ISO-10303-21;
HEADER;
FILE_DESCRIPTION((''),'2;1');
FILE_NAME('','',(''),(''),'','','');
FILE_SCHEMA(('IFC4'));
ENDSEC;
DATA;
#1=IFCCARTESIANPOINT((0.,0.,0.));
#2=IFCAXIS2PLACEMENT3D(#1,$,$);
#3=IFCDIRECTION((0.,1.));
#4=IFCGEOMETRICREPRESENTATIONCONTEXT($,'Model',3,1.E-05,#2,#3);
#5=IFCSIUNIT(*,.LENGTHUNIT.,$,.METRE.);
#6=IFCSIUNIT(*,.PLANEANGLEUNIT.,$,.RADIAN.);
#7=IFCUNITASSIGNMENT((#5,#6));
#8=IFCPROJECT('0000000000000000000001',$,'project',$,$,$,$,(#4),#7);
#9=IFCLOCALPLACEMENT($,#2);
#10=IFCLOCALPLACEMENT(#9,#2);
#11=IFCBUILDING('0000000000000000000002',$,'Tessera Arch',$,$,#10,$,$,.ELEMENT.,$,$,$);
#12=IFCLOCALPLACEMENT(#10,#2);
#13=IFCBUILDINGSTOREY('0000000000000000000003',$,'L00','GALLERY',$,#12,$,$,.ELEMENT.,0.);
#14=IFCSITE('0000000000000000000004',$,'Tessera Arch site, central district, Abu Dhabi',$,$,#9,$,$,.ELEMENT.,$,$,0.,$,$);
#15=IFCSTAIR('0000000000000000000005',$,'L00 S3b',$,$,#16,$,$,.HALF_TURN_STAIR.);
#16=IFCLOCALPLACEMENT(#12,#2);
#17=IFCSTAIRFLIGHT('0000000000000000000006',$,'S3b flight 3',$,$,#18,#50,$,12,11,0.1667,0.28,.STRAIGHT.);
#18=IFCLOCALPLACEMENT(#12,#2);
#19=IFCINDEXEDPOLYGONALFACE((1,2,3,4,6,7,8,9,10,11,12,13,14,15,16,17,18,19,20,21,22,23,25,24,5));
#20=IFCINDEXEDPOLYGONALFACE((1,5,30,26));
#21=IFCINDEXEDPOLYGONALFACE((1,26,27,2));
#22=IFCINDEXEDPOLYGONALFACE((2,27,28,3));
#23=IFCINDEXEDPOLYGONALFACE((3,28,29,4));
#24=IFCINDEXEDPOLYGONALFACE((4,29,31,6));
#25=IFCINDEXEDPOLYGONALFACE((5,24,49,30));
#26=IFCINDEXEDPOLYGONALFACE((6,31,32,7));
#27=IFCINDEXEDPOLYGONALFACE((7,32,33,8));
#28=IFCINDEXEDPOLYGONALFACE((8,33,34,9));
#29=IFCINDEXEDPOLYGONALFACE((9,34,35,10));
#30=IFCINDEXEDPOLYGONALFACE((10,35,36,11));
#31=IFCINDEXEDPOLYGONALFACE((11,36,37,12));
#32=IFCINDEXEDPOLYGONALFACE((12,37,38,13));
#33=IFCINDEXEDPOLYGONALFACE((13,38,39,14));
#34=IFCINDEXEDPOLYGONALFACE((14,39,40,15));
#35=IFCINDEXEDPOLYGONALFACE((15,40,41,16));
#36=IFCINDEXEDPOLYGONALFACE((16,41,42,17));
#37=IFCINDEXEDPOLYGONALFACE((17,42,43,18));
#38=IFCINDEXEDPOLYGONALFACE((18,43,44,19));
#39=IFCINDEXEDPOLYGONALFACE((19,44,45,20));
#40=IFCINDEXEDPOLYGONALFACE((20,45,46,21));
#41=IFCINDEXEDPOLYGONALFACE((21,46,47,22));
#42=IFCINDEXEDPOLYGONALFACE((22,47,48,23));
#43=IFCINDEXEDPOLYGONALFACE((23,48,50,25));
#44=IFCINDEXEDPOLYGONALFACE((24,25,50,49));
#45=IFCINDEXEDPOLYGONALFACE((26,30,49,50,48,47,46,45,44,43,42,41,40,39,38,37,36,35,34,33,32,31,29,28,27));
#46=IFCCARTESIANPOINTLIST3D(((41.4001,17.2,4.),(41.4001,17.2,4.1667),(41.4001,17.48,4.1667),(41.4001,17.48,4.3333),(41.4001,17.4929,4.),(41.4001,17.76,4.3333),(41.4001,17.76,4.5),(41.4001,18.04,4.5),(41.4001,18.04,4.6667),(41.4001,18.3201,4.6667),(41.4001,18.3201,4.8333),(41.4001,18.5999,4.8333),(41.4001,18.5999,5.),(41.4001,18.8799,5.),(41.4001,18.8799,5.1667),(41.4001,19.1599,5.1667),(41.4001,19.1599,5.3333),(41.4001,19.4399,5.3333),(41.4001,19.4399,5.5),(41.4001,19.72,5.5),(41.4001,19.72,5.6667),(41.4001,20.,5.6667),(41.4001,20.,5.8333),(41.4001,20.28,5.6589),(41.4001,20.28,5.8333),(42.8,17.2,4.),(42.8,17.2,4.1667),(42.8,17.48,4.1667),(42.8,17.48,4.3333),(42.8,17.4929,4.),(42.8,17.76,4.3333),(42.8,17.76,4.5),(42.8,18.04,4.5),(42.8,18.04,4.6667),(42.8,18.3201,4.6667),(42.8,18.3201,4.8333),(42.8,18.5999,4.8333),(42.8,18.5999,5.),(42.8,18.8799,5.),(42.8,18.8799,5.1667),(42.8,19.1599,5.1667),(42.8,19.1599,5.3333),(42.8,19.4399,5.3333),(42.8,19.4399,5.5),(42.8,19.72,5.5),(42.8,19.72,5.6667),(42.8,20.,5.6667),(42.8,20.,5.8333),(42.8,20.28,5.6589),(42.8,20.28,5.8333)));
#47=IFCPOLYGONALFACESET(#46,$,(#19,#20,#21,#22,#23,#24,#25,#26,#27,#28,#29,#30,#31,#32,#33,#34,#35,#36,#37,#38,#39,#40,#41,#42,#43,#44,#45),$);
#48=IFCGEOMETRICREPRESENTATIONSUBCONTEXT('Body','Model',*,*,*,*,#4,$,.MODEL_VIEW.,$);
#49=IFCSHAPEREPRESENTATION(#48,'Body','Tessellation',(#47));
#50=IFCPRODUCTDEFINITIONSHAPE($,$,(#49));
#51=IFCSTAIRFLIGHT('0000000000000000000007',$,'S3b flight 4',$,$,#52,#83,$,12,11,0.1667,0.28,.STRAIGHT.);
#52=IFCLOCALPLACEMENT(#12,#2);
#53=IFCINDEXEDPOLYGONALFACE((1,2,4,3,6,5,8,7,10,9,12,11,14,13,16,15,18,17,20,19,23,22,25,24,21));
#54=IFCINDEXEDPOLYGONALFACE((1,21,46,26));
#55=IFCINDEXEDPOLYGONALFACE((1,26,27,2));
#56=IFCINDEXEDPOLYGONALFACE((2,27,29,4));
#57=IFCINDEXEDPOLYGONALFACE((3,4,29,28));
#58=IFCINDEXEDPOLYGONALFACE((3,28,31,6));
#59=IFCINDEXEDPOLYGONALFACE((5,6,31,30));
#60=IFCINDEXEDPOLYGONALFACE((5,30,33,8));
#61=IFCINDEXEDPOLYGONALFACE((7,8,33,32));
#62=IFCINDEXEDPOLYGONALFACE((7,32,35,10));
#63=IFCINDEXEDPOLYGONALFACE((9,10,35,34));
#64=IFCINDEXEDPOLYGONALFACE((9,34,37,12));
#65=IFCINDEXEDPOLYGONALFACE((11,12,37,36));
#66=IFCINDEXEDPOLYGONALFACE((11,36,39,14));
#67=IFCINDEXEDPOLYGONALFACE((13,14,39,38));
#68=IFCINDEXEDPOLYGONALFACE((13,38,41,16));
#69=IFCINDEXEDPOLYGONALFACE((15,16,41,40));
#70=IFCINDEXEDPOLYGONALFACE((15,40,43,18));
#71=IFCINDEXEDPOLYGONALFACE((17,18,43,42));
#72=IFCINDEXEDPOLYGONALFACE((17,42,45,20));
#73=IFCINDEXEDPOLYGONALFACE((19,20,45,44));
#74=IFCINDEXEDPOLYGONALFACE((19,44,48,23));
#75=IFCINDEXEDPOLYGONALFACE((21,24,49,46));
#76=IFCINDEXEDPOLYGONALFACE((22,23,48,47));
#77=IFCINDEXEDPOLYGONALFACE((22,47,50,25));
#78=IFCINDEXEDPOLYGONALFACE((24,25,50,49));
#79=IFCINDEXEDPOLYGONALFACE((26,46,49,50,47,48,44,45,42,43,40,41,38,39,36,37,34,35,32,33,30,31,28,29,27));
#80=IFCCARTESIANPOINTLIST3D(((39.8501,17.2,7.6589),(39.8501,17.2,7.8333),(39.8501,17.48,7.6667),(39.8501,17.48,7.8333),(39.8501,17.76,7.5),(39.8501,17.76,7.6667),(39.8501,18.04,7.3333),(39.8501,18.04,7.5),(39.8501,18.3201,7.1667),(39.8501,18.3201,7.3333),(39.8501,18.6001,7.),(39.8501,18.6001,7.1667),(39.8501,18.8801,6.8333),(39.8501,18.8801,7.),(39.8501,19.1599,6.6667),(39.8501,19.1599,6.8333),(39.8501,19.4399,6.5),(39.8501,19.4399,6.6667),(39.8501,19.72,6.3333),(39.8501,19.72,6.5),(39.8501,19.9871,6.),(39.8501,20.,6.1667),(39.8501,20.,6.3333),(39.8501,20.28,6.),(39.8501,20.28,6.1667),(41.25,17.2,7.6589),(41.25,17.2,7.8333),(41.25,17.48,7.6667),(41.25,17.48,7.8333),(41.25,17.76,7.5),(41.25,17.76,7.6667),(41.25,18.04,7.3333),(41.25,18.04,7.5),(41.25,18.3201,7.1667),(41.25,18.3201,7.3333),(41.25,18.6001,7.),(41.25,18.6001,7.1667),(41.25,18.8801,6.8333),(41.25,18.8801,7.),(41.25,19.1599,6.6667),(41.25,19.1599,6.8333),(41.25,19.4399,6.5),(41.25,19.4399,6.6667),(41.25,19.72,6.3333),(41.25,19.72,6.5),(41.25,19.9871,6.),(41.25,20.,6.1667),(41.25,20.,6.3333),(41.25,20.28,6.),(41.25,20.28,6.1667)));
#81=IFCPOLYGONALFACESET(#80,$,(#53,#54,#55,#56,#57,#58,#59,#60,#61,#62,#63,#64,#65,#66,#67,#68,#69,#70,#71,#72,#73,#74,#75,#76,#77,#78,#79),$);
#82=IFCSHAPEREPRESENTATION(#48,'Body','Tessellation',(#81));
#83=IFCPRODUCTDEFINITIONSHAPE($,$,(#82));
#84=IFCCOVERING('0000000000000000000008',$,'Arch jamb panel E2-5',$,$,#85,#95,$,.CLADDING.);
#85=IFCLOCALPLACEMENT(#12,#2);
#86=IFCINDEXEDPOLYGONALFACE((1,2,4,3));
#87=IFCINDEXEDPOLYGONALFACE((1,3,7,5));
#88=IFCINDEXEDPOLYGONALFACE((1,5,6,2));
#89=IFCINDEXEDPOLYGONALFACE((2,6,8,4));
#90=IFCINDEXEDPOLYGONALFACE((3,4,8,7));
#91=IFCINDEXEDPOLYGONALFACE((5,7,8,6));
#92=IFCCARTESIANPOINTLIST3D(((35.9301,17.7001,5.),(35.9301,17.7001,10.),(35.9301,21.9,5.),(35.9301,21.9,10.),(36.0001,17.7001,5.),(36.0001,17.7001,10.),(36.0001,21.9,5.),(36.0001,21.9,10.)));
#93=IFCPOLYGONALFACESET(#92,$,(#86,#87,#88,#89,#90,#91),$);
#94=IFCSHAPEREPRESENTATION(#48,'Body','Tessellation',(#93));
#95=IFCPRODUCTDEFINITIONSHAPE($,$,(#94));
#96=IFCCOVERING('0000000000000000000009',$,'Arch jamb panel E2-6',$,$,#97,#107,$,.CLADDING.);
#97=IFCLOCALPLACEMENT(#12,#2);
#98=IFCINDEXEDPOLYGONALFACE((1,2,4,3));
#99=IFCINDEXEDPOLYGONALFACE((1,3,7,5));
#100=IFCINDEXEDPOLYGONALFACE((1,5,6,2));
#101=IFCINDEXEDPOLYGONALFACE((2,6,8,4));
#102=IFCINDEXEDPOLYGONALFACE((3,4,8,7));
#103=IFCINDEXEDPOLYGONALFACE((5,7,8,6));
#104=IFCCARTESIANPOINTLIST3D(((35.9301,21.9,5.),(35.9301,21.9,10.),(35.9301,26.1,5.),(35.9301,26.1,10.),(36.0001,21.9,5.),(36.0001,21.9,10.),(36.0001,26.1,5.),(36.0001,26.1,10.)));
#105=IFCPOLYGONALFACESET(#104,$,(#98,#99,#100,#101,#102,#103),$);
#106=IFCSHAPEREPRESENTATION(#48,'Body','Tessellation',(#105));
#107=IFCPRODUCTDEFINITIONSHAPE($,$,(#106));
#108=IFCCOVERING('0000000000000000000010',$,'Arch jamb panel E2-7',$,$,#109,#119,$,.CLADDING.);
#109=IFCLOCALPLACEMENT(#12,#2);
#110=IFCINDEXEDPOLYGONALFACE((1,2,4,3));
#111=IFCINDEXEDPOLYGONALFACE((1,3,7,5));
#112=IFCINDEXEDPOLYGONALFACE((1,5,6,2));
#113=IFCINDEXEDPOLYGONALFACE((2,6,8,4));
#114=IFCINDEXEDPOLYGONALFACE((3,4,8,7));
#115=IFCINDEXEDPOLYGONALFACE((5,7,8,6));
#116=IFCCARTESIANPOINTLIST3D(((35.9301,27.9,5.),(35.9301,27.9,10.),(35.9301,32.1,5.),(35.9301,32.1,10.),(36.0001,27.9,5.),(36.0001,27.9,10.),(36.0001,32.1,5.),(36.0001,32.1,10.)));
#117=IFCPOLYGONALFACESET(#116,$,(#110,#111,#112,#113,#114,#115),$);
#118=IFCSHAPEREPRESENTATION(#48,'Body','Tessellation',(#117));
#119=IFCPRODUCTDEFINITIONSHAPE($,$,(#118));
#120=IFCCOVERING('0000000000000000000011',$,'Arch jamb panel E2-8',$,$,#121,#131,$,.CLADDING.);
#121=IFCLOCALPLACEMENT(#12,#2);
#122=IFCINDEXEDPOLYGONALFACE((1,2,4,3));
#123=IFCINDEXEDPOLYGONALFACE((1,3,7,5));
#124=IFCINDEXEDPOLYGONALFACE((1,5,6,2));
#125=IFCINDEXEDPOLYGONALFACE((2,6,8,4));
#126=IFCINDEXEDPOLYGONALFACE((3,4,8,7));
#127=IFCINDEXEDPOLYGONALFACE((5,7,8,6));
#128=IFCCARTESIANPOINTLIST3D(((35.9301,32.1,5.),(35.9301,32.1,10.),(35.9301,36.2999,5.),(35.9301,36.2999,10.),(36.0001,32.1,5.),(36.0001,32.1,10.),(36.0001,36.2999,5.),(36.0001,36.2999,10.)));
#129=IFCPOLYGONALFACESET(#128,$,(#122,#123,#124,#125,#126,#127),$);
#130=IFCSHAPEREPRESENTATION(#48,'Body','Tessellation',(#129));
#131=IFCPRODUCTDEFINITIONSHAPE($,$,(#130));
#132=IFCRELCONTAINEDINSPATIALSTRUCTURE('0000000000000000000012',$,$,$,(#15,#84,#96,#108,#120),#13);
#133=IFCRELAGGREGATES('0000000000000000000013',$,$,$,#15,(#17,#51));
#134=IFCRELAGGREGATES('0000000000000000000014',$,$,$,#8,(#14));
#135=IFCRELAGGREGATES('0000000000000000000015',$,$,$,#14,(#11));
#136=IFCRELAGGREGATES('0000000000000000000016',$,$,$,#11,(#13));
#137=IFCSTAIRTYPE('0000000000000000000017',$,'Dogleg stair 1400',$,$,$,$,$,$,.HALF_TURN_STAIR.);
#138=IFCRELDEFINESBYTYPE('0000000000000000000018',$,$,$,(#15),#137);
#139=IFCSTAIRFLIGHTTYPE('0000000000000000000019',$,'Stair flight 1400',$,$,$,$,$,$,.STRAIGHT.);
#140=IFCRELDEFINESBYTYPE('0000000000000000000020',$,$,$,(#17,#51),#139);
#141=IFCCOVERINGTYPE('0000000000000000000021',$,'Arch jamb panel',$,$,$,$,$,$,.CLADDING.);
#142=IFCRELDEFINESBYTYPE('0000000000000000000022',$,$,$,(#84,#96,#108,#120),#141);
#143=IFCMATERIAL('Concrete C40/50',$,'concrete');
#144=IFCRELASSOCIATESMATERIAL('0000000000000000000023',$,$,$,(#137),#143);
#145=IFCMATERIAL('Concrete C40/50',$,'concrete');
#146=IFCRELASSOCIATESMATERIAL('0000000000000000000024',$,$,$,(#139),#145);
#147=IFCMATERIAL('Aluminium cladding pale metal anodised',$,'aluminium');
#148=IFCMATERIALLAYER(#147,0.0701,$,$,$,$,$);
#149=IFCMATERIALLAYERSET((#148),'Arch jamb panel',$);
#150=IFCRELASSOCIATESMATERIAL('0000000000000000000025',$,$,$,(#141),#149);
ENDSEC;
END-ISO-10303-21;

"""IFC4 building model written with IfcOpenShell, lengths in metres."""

from ifc_helpers import new_model, si_unit, direction, frame, origin, origin_2d, place, context, subcontext, project, spatial, polyline, rectangle, outline, extrude, material, layer, layer_set, type_object, element, aggregate, save


model = new_model("IFC4")

# Units and contexts
model_context = context("Model", 3, precision=1e-05, world=origin(), true_north=direction((0.0, 1.0)))
body_context = subcontext(model_context, "Body", "Model", "MODEL_VIEW")
ifc_project = project(units=[si_unit("LENGTHUNIT", "METRE"), si_unit("PLANEANGLEUNIT", "RADIAN")], contexts=[model_context])

# Site, building, storey
site_placement = place(None, origin())
site = spatial("IfcSite", under=ifc_project, at=site_placement, Name="Tessera Arch site, central district, Abu Dhabi", CompositionType="ELEMENT", RefElevation=0.0)
building_placement = place(site_placement, origin())
building = spatial("IfcBuilding", under=site, at=building_placement, Name="Tessera Arch", CompositionType="ELEMENT")
storey_placement = place(building_placement, origin())
storey = spatial("IfcBuildingStorey", under=building, at=storey_placement, Name="L00", Description="GALLERY", CompositionType="ELEMENT", Elevation=0.0)

# Stair, stair flights
ifc_material_1 = material(Name="Concrete C40/50", Category="concrete")
stair_type = type_object("IfcStairType", Name="Dogleg stair 1400", PredefinedType="HALF_TURN_STAIR", material=ifc_material_1)
ifc_material_2 = material(Name="Concrete C40/50", Category="concrete")
stair_flight_type = type_object("IfcStairFlightType", Name="Stair flight 1400", PredefinedType="STRAIGHT", material=ifc_material_2)
stair_1_placement = place(storey_placement, origin())
stair_1 = element("IfcStair", 1, at=stair_1_placement, inside=storey, type_object=stair_type, Name="L00 S3b", PredefinedType="HALF_TURN_STAIR")
stair_flight_1_placement = place(storey_placement, frame((42.1001, 17.2, 4.0), z_axis=(0.0, 0.0, 1.0), x_axis=(0.0, 1.0, 0.0)))
stair_flight_1 = element("IfcStairFlight", 2, at=stair_flight_1_placement, type_object=stair_flight_type, Name="S3b flight 3", NumberOfRisers=12, NumberOfTreads=11, PredefinedType="STRAIGHT", RiserHeight=0.1667, TreadLength=0.28, context=body_context, shape_type="SweptSolid", body=[
    extrude(outline(polyline([(0.0, 0.0), (0.0, 0.1667), (0.28, 0.1667), (0.28, 0.3333), (0.5601, 0.3333), (0.5601, 0.5), (0.8401, 0.5), (0.8401, 0.6667), (1.1201, 0.6667), (1.1201, 0.8333), (1.3999, 0.8333), (1.3999, 1.0), (1.6799, 1.0), (1.6799, 1.1667), (1.96, 1.1667), (1.96, 1.3333), (2.24, 1.3333), (2.24, 1.5), (2.52, 1.5), (2.52, 1.6667), (2.8, 1.6667), (2.8, 1.8333), (3.0801, 1.8333), (3.0801, 2.0), (3.0801, 1.6589), (0.293, 0.0), (0.0, 0.0)])), frame((0.0, 0.7, 0.0), z_axis=(0.0, -1.0, 0.0), x_axis=(1.0, 0.0, 0.0)), (0.0, 0.0, 1.0), 1.3999),
])
stair_flight_2_placement = place(storey_placement, frame((40.55, 20.28, 6.0), z_axis=(0.0, 0.0, 1.0), x_axis=(0.0, -1.0, 0.0)))
stair_flight_2 = element("IfcStairFlight", 3, at=stair_flight_2_placement, type_object=stair_flight_type, Name="S3b flight 4", NumberOfRisers=12, NumberOfTreads=11, PredefinedType="STRAIGHT", RiserHeight=0.1667, TreadLength=0.28, context=body_context, shape_type="SweptSolid", body=[
    extrude(outline(polyline([(0.0, 0.0), (0.0, 0.1667), (0.28, 0.1667), (0.28, 0.3333), (0.5601, 0.3333), (0.5601, 0.5), (0.8401, 0.5), (0.8401, 0.6667), (1.1201, 0.6667), (1.1201, 0.8333), (1.3999, 0.8333), (1.3999, 1.0), (1.6799, 1.0), (1.6799, 1.1667), (1.96, 1.1667), (1.96, 1.3333), (2.24, 1.3333), (2.24, 1.5), (2.52, 1.5), (2.52, 1.6667), (2.8, 1.6667), (2.8, 1.8333), (3.0801, 1.8333), (3.0801, 2.0), (3.0801, 1.6589), (0.293, 0.0), (0.0, 0.0)])), frame((0.0, 0.7, 0.0), z_axis=(0.0, -1.0, 0.0), x_axis=(1.0, 0.0, 0.0)), (0.0, 0.0, 1.0), 1.3999),
])
aggregate(stair_1, [stair_flight_1, stair_flight_2])

# Coverings
ifc_material_3 = material(Name="Aluminium cladding pale metal anodised", Category="aluminium")
ifc_layer_1 = layer(ifc_material_3, 0.0701)
ifc_layer_set_1 = layer_set([ifc_layer_1], Name="Arch jamb panel")
covering_type = type_object("IfcCoveringType", Name="Arch jamb panel", PredefinedType="CLADDING", material=ifc_layer_set_1)
for number, where, z_axis, x_axis, name in (
    (4, (35.9651, 19.8, 5.0), (0.0, 0.0, 1.0), (1.0, 0.0, 0.0), "Arch jamb panel E2-5"),
    (5, (35.9651, 24.0, 5.0), (0.0, 0.0, 1.0), (1.0, 0.0, 0.0), "Arch jamb panel E2-6"),
    (6, (35.9651, 30.0, 5.0), (0.0, 0.0, 1.0), (1.0, 0.0, 0.0), "Arch jamb panel E2-7"),
    (7, (35.9651, 34.2, 5.0), (0.0, 0.0, 1.0), (1.0, 0.0, 0.0), "Arch jamb panel E2-8"),
):
    element("IfcCovering", number, at=place(storey_placement, frame(where, z_axis=z_axis, x_axis=x_axis)), inside=storey, type_object=covering_type, Name=name, PredefinedType="CLADDING", context=body_context, shape_type="SweptSolid", body=[
        extrude(rectangle(XDim=0.0701, YDim=4.2, at=origin_2d()), origin(), (0.0, 0.0, 1.0), 5.0),
    ])

save(model, "model.ifc")
